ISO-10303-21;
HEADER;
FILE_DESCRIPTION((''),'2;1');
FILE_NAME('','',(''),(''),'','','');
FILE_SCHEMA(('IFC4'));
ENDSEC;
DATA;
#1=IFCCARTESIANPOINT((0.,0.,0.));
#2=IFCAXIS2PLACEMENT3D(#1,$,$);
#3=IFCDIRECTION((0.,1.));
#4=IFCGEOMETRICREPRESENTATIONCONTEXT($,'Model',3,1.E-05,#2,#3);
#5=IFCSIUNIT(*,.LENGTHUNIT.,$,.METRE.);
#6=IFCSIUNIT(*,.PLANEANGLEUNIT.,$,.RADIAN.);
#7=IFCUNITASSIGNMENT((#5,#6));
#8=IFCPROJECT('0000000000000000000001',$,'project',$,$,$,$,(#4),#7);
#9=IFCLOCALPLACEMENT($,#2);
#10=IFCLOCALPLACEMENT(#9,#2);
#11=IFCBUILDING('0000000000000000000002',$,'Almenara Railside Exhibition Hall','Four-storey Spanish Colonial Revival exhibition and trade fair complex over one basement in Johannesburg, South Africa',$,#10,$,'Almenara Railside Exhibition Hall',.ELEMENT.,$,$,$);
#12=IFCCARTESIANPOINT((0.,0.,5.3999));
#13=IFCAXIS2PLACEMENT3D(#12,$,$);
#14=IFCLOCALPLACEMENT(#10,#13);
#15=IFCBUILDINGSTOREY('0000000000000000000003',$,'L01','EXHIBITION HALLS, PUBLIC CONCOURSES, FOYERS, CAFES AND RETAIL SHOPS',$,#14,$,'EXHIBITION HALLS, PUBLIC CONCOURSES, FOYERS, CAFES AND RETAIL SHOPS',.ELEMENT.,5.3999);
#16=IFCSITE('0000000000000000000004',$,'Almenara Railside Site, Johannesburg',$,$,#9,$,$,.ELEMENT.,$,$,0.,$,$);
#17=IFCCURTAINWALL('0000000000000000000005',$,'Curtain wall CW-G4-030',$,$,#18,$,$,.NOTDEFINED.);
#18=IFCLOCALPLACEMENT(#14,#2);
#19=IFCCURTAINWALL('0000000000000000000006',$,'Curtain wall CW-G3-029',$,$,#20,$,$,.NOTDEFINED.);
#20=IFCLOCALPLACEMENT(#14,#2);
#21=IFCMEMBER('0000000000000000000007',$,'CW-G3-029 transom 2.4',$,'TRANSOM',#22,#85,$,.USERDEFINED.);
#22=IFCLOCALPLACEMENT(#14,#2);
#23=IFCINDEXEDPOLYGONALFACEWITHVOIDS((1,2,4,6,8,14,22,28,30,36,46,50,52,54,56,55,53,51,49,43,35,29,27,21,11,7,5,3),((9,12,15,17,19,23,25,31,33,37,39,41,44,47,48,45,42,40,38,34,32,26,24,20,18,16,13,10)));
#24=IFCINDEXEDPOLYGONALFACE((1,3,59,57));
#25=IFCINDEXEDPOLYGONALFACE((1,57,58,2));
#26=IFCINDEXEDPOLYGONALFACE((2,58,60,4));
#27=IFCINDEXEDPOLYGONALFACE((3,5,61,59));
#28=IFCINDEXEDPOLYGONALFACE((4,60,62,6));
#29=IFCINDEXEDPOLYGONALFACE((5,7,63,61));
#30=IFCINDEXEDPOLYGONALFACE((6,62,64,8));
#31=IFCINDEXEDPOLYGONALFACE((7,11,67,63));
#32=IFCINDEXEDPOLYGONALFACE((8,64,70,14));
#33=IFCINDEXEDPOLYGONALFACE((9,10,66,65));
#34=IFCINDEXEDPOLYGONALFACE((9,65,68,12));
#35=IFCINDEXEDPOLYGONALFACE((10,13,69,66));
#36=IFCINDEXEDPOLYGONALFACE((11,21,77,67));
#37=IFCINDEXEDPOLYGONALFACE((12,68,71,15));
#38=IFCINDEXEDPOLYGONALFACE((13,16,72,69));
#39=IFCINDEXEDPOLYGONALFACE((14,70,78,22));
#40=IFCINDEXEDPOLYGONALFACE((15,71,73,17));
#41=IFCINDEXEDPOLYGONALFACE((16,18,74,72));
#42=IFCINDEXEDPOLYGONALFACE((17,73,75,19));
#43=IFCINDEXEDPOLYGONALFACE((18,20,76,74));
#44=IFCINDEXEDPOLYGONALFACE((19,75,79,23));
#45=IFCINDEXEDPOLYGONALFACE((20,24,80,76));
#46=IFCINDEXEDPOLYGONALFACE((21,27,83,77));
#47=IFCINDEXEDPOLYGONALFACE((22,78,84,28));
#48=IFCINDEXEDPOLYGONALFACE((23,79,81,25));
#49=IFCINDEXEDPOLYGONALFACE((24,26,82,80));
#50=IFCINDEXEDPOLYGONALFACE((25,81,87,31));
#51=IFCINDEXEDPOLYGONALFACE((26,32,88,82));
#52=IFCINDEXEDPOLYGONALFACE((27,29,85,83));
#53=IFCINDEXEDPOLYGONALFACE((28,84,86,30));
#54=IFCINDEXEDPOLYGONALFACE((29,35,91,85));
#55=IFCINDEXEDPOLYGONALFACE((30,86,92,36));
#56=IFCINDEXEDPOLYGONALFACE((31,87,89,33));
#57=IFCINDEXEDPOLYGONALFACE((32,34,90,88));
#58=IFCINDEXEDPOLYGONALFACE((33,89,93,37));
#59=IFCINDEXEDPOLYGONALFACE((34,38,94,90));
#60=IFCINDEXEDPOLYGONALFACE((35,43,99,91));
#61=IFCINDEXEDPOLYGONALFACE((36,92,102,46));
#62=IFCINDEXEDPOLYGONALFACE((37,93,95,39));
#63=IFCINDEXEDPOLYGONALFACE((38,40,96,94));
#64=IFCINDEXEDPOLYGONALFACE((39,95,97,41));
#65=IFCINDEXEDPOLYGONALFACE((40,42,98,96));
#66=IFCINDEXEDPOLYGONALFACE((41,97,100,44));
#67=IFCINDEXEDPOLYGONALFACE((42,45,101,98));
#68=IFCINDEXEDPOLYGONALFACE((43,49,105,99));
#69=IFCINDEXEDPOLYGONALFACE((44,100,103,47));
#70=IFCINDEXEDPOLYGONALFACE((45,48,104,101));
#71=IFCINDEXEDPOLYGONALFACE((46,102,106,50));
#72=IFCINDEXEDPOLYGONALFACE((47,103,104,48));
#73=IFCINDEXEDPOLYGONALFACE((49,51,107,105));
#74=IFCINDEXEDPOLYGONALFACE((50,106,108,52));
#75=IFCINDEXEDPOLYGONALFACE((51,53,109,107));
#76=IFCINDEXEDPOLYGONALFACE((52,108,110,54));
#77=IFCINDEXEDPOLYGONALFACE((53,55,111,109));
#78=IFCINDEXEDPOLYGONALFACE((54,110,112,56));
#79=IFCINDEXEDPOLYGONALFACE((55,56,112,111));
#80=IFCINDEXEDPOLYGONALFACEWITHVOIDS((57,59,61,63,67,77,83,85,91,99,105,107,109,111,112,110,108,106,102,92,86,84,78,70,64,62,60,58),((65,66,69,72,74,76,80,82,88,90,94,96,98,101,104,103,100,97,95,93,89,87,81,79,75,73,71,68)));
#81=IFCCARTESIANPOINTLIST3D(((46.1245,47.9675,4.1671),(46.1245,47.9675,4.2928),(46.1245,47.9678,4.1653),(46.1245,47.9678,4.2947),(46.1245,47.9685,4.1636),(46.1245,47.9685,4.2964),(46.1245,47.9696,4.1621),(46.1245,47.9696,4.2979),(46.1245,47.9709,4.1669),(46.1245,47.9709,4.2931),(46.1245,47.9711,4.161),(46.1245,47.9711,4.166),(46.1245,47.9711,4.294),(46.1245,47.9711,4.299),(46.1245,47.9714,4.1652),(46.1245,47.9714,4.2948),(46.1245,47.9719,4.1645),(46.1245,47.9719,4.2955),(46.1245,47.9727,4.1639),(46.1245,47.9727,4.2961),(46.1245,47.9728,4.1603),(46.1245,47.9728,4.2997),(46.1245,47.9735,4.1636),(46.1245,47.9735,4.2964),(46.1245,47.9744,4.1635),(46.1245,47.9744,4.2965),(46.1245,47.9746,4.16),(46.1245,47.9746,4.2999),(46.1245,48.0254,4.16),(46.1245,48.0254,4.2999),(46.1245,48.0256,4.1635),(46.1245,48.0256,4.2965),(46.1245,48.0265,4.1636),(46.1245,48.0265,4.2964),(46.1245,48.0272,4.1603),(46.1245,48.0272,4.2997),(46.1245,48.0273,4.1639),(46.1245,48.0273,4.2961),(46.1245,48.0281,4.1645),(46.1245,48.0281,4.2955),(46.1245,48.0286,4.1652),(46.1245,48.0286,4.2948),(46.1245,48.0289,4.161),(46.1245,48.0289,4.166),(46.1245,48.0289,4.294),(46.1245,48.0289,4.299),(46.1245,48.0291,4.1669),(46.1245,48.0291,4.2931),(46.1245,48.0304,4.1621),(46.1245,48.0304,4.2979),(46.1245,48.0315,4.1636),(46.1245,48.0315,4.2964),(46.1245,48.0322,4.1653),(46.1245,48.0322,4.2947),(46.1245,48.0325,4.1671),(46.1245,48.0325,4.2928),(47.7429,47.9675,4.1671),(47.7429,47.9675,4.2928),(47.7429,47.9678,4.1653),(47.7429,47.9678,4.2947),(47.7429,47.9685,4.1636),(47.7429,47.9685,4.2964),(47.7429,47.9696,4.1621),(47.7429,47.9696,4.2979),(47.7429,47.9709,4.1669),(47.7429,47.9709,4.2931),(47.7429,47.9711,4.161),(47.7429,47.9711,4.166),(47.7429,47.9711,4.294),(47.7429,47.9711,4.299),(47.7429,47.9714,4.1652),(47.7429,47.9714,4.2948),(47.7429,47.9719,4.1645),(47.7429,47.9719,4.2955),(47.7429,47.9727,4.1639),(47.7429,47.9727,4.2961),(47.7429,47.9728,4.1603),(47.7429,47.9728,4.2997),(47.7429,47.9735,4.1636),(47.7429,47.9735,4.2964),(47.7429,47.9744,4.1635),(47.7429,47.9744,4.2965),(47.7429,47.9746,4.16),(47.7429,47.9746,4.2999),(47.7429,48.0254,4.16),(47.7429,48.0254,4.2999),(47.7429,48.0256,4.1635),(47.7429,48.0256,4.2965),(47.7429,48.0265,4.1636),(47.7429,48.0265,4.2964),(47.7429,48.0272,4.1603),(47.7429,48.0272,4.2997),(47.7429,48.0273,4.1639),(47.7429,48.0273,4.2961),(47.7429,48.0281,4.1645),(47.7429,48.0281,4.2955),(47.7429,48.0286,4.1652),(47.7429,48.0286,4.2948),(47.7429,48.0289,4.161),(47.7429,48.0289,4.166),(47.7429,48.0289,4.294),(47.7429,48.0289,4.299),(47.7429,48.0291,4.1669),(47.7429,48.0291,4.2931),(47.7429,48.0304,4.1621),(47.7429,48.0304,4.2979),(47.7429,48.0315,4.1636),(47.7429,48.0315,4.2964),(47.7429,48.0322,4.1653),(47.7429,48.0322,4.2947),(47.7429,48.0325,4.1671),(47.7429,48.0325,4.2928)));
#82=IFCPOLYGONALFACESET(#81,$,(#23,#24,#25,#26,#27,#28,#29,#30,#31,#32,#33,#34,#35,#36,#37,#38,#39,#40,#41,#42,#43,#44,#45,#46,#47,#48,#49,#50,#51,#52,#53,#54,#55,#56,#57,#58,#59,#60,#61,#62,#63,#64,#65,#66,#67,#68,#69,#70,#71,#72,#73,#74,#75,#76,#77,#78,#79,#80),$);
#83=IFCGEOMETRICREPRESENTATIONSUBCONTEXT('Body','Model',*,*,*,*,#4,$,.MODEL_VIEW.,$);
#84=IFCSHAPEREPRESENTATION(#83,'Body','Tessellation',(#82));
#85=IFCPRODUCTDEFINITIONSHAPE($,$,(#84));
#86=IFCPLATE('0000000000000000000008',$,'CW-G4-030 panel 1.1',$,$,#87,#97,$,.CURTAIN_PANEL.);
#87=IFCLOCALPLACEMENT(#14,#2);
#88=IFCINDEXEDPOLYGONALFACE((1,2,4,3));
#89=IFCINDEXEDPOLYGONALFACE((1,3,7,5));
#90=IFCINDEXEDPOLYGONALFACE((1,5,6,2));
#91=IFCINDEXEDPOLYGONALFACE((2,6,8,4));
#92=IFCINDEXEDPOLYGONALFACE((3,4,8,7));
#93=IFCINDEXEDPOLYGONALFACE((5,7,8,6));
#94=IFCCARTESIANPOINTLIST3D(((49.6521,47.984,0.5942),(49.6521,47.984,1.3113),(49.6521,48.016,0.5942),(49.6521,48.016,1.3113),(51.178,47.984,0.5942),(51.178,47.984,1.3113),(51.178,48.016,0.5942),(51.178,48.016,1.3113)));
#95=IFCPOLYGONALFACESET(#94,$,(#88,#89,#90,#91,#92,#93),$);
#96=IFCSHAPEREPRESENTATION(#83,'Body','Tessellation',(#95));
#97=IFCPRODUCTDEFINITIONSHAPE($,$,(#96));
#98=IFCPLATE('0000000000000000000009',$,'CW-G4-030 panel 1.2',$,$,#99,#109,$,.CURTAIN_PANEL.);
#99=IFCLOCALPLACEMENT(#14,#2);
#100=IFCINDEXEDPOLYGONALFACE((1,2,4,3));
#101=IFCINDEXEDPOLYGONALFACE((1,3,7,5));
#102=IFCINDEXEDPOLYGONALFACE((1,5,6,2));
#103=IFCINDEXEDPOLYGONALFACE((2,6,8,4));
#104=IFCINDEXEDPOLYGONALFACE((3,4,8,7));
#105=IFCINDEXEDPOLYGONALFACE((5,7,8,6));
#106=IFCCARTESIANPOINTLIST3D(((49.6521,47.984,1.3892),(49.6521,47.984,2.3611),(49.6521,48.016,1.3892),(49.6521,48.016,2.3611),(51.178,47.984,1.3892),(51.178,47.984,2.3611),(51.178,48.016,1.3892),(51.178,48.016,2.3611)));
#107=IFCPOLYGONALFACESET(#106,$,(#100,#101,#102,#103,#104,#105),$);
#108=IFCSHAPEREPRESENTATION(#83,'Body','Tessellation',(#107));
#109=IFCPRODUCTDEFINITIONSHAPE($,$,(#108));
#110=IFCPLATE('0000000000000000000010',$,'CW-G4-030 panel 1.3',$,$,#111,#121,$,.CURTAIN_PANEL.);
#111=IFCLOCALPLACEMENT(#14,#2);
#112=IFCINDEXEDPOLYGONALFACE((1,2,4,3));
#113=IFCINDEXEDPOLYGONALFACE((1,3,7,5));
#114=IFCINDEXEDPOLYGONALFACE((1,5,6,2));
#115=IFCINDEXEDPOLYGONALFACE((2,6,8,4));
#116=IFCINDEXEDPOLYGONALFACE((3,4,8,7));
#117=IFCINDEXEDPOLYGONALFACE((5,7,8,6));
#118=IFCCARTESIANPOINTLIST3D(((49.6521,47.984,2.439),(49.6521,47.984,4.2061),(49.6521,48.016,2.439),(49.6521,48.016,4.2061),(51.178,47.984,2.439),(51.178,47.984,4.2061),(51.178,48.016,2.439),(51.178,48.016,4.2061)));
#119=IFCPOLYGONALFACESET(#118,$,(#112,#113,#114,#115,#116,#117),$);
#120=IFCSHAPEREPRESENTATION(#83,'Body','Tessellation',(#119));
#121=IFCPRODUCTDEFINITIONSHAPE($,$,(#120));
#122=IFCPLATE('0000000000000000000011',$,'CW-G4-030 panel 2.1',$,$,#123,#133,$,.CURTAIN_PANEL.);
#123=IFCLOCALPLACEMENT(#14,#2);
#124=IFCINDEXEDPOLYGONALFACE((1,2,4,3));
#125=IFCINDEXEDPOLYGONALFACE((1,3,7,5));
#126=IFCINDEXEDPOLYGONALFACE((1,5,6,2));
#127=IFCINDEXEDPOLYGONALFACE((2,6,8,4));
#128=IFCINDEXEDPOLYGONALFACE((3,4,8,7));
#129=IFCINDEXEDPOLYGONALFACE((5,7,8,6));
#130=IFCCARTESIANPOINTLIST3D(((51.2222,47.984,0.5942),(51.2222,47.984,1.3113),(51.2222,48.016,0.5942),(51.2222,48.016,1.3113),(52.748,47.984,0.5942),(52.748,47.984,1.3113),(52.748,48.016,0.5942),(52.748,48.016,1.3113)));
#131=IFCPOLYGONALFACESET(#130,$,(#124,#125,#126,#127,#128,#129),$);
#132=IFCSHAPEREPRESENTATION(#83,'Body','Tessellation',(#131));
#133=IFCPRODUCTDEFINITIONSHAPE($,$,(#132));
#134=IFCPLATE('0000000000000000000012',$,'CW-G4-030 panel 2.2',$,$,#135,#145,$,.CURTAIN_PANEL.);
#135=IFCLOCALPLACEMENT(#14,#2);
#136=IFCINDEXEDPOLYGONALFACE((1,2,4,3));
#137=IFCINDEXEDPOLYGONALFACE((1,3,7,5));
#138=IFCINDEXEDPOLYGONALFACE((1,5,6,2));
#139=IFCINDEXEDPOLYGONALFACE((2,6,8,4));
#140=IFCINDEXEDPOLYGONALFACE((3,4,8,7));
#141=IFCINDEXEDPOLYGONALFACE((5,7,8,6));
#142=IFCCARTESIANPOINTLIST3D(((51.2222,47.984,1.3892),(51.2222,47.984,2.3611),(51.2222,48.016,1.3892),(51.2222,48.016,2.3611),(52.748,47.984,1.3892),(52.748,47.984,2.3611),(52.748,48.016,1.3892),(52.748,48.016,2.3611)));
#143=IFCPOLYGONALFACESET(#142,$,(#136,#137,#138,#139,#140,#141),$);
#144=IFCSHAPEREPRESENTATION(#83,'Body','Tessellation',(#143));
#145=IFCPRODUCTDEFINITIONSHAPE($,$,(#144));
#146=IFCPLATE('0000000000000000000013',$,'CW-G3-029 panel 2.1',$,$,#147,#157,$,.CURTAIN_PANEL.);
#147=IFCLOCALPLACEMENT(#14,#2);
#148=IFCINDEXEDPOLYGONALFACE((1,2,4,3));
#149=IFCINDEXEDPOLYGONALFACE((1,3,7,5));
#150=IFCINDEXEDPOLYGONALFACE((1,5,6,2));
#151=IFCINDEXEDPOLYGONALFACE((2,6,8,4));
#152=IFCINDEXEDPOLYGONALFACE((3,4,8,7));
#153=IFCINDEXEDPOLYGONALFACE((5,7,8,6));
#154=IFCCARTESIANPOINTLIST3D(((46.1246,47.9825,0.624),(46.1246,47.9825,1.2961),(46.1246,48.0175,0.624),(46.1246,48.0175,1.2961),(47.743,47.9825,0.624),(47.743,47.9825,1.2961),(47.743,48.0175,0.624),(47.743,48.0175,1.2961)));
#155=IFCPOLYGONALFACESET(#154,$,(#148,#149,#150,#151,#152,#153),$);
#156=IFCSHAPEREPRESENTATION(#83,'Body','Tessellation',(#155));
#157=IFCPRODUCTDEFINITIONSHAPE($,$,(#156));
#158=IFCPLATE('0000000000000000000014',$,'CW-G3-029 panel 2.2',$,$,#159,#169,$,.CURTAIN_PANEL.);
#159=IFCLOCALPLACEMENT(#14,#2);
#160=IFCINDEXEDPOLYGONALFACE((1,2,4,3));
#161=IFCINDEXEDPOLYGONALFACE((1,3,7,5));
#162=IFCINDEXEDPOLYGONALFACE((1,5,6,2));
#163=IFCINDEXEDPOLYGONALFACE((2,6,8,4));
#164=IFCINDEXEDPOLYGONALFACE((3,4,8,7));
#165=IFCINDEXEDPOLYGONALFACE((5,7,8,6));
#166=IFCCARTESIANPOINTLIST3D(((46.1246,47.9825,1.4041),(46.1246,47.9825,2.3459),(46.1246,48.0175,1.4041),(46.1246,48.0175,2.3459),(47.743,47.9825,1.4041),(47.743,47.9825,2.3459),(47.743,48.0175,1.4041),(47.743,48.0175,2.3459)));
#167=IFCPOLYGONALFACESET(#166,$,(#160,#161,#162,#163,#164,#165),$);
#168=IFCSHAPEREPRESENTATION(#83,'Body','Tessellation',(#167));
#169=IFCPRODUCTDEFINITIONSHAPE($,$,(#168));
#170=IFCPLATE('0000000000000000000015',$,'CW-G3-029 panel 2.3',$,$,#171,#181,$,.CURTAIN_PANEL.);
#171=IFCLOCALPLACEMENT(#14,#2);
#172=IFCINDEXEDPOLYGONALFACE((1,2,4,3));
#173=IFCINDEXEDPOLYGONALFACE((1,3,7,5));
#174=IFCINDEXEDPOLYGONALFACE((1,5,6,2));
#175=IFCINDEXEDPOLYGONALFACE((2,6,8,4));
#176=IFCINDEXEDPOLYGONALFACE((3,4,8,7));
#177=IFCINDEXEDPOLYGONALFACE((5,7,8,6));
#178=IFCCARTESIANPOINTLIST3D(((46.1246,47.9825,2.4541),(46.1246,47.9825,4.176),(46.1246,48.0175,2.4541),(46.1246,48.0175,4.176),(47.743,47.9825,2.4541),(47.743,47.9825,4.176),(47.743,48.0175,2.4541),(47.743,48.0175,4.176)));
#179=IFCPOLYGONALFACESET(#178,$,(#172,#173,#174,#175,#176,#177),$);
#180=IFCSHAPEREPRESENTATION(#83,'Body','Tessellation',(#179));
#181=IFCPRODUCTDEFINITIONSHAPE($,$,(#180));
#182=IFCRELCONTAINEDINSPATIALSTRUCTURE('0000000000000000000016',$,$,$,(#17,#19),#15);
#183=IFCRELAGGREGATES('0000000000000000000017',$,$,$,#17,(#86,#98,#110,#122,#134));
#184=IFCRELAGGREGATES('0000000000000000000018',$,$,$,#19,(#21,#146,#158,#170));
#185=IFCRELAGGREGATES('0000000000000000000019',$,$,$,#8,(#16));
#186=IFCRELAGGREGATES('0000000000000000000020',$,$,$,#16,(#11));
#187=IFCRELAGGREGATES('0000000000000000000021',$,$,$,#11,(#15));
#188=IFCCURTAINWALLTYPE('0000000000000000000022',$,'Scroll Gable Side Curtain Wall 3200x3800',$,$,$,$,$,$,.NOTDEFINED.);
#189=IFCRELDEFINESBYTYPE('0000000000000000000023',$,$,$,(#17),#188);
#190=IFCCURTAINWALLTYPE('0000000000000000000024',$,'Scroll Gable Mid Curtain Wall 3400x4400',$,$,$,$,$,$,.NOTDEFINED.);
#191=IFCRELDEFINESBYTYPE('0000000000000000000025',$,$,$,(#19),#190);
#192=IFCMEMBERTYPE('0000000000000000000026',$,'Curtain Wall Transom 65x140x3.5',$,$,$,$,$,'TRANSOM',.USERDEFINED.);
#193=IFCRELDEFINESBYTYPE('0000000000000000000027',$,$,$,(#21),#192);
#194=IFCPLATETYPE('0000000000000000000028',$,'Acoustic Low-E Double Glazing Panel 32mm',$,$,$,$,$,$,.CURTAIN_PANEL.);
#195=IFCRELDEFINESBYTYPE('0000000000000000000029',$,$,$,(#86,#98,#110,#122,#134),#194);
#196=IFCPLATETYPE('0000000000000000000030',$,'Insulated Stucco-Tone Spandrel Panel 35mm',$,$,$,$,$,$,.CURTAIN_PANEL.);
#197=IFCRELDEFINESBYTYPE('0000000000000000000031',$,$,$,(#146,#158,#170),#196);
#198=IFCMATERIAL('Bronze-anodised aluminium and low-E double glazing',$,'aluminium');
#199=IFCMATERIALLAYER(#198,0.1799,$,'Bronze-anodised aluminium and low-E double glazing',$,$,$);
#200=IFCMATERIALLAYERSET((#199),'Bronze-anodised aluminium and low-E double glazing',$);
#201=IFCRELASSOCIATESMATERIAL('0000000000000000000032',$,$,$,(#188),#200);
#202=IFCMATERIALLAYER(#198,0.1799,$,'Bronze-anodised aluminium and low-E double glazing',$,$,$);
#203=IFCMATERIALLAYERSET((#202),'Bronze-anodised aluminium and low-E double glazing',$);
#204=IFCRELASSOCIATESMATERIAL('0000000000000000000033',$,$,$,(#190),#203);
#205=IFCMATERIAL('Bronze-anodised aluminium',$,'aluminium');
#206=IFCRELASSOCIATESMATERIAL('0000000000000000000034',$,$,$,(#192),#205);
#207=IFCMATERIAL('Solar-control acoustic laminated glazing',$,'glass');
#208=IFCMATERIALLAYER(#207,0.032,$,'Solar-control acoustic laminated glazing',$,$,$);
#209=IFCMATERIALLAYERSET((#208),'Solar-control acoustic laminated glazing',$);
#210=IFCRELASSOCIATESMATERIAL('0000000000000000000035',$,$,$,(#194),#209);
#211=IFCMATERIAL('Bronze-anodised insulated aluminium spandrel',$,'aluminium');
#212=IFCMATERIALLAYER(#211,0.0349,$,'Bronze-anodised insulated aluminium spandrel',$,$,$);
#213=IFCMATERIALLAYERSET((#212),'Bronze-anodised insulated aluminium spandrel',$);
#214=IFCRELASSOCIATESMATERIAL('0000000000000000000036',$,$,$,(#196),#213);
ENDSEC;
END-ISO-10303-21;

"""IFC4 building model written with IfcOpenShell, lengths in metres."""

from ifc_helpers import new_model, si_unit, direction, frame, origin, origin_2d, place, context, subcontext, project, spatial, rectangle, hollow_rectangle, extrude, material, layer, layer_set, material_profile, profile_set, type_object, element, aggregate, save


model = new_model("IFC4")

# Units and contexts
model_context = context("Model", 3, precision=1e-05, world=origin(), true_north=direction((0.0, 1.0)))
body_context = subcontext(model_context, "Body", "Model", "MODEL_VIEW")
ifc_project = project(units=[si_unit("LENGTHUNIT", "METRE"), si_unit("PLANEANGLEUNIT", "RADIAN")], contexts=[model_context])

# Site, building, storey
site_placement = place(None, origin())
site = spatial("IfcSite", under=ifc_project, at=site_placement, Name="Almenara Railside Site, Johannesburg", CompositionType="ELEMENT", RefElevation=0.0)
building_placement = place(site_placement, origin())
building = spatial("IfcBuilding", under=site, at=building_placement, Name="Almenara Railside Exhibition Hall", Description="Four-storey Spanish Colonial Revival exhibition and trade fair complex over one basement in Johannesburg, South Africa", LongName="Almenara Railside Exhibition Hall", CompositionType="ELEMENT")
storey_placement = place(building_placement, frame((0.0, 0.0, 5.3999)))
storey = spatial("IfcBuildingStorey", under=building, at=storey_placement, Name="L01", Description="EXHIBITION HALLS, PUBLIC CONCOURSES, FOYERS, CAFES AND RETAIL SHOPS", LongName="EXHIBITION HALLS, PUBLIC CONCOURSES, FOYERS, CAFES AND RETAIL SHOPS", CompositionType="ELEMENT", Elevation=5.3999)

# Curtain wall
ifc_material_1 = material(Name="Bronze-anodised aluminium and low-E double glazing", Category="aluminium")
ifc_layer_1 = layer(ifc_material_1, 0.1799, Name="Bronze-anodised aluminium and low-E double glazing")
ifc_layer_set_1 = layer_set([ifc_layer_1], Name="Bronze-anodised aluminium and low-E double glazing")
curtain_wall_type_1 = type_object("IfcCurtainWallType", Name="Scroll Gable Side Curtain Wall 3200x3800", PredefinedType="NOTDEFINED", material=ifc_layer_set_1)
curtain_wall_1_placement = place(storey_placement, origin())
curtain_wall_1 = element("IfcCurtainWall", 1, at=curtain_wall_1_placement, inside=storey, type_object=curtain_wall_type_1, Name="Curtain wall CW-G4-030", PredefinedType="NOTDEFINED")
ifc_material_2 = material(Name="Bronze-anodised aluminium", Category="aluminium")

# Curtain wall
ifc_layer_2 = layer(ifc_material_1, 0.1799, Name="Bronze-anodised aluminium and low-E double glazing")
ifc_layer_set_2 = layer_set([ifc_layer_2], Name="Bronze-anodised aluminium and low-E double glazing")
curtain_wall_type_2 = type_object("IfcCurtainWallType", Name="Scroll Gable Mid Curtain Wall 3400x4400", PredefinedType="NOTDEFINED", material=ifc_layer_set_2)
curtain_wall_2_placement = place(storey_placement, origin())
curtain_wall_2 = element("IfcCurtainWall", 2, at=curtain_wall_2_placement, inside=storey, type_object=curtain_wall_type_2, Name="Curtain wall CW-G3-029", PredefinedType="NOTDEFINED")

# Member
ifc_material_profile_1 = material_profile(ifc_material_2, hollow_rectangle(XDim=0.0649, YDim=0.1399, WallThickness=0.0034, InnerFilletRadius=0.0034, OuterFilletRadius=0.0071, at=origin_2d()), Name="ALU-TRN 65x140x3.5")
ifc_profile_set_1 = profile_set([ifc_material_profile_1], Name="Bronze-anodised aluminium")
member_type_1 = type_object("IfcMemberType", Name="Curtain Wall Transom 65x140x3.5", ElementType="TRANSOM", PredefinedType="USERDEFINED", material=ifc_profile_set_1)
member_1_placement = place(storey_placement, frame((46.1245, 48.0, 4.23), z_axis=(1.0, 0.0, 0.0), x_axis=(0.0, 1.0, 0.0)))
member_1 = element("IfcMember", 3, at=member_1_placement, type_object=member_type_1, Name="CW-G3-029 transom 2.4", ObjectType="TRANSOM", PredefinedType="USERDEFINED", context=body_context, shape_type="SweptSolid", body=[
    extrude(hollow_rectangle(XDim=0.0649, YDim=0.1399, WallThickness=0.0034, InnerFilletRadius=0.0034, OuterFilletRadius=0.0071, at=origin_2d()), origin(), (0.0, 0.0, 1.0), 1.6184),
])

# Plates
ifc_material_3 = material(Name="Solar-control acoustic laminated glazing", Category="glass")
ifc_layer_3 = layer(ifc_material_3, 0.032, Name="Solar-control acoustic laminated glazing")
ifc_layer_set_3 = layer_set([ifc_layer_3], Name="Solar-control acoustic laminated glazing")
plate_type_1 = type_object("IfcPlateType", Name="Acoustic Low-E Double Glazing Panel 32mm", PredefinedType="CURTAIN_PANEL", material=ifc_layer_set_3)
plate_1_placement = place(storey_placement, frame((50.415, 48.0, 0.5942), z_axis=(0.0, 0.0, 1.0), x_axis=(1.0, 0.0, 0.0)))
plate_1 = element("IfcPlate", 4, at=plate_1_placement, type_object=plate_type_1, Name="CW-G4-030 panel 1.1", PredefinedType="CURTAIN_PANEL", context=body_context, shape_type="SweptSolid", body=[
    extrude(rectangle(XDim=1.5259, YDim=0.032, at=origin_2d()), origin(), (0.0, 0.0, 1.0), 0.717),
])
plate_2_placement = place(storey_placement, frame((50.415, 48.0, 1.3892), z_axis=(0.0, 0.0, 1.0), x_axis=(1.0, 0.0, 0.0)))
plate_2 = element("IfcPlate", 5, at=plate_2_placement, type_object=plate_type_1, Name="CW-G4-030 panel 1.2", PredefinedType="CURTAIN_PANEL", context=body_context, shape_type="SweptSolid", body=[
    extrude(rectangle(XDim=1.5259, YDim=0.032, at=origin_2d()), origin(), (0.0, 0.0, 1.0), 0.9719),
])
plate_3_placement = place(storey_placement, frame((50.415, 48.0, 2.439), z_axis=(0.0, 0.0, 1.0), x_axis=(1.0, 0.0, 0.0)))
plate_3 = element("IfcPlate", 6, at=plate_3_placement, type_object=plate_type_1, Name="CW-G4-030 panel 1.3", PredefinedType="CURTAIN_PANEL", context=body_context, shape_type="SweptSolid", body=[
    extrude(rectangle(XDim=1.5259, YDim=0.032, at=origin_2d()), origin(), (0.0, 0.0, 1.0), 1.7671),
])
plate_4_placement = place(storey_placement, frame((51.9851, 48.0, 0.5942), z_axis=(0.0, 0.0, 1.0), x_axis=(1.0, 0.0, 0.0)))
plate_4 = element("IfcPlate", 7, at=plate_4_placement, type_object=plate_type_1, Name="CW-G4-030 panel 2.1", PredefinedType="CURTAIN_PANEL", context=body_context, shape_type="SweptSolid", body=[
    extrude(rectangle(XDim=1.5259, YDim=0.032, at=origin_2d()), origin(), (0.0, 0.0, 1.0), 0.717),
])
plate_5_placement = place(storey_placement, frame((51.9851, 48.0, 1.3892), z_axis=(0.0, 0.0, 1.0), x_axis=(1.0, 0.0, 0.0)))
plate_5 = element("IfcPlate", 8, at=plate_5_placement, type_object=plate_type_1, Name="CW-G4-030 panel 2.2", PredefinedType="CURTAIN_PANEL", context=body_context, shape_type="SweptSolid", body=[
    extrude(rectangle(XDim=1.5259, YDim=0.032, at=origin_2d()), origin(), (0.0, 0.0, 1.0), 0.9719),
])
aggregate(curtain_wall_1, [plate_1, plate_2, plate_3, plate_4, plate_5])
ifc_material_4 = material(Name="Bronze-anodised insulated aluminium spandrel", Category="aluminium")
ifc_layer_4 = layer(ifc_material_4, 0.0349, Name="Bronze-anodised insulated aluminium spandrel")
ifc_layer_set_4 = layer_set([ifc_layer_4], Name="Bronze-anodised insulated aluminium spandrel")
plate_type_2 = type_object("IfcPlateType", Name="Insulated Stucco-Tone Spandrel Panel 35mm", PredefinedType="CURTAIN_PANEL", material=ifc_layer_set_4)
plate_6_placement = place(storey_placement, frame((46.9338, 48.0, 0.624), z_axis=(0.0, 0.0, 1.0), x_axis=(1.0, 0.0, 0.0)))
plate_6 = element("IfcPlate", 9, at=plate_6_placement, type_object=plate_type_2, Name="CW-G3-029 panel 2.1", PredefinedType="CURTAIN_PANEL", context=body_context, shape_type="SweptSolid", body=[
    extrude(rectangle(XDim=1.6184, YDim=0.0349, at=origin_2d()), origin(), (0.0, 0.0, 1.0), 0.6721),
])
plate_7_placement = place(storey_placement, frame((46.9338, 48.0, 1.4041), z_axis=(0.0, 0.0, 1.0), x_axis=(1.0, 0.0, 0.0)))
plate_7 = element("IfcPlate", 10, at=plate_7_placement, type_object=plate_type_2, Name="CW-G3-029 panel 2.2", PredefinedType="CURTAIN_PANEL", context=body_context, shape_type="SweptSolid", body=[
    extrude(rectangle(XDim=1.6184, YDim=0.0349, at=origin_2d()), origin(), (0.0, 0.0, 1.0), 0.9419),
])
plate_8_placement = place(storey_placement, frame((46.9338, 48.0, 2.4541), z_axis=(0.0, 0.0, 1.0), x_axis=(1.0, 0.0, 0.0)))
plate_8 = element("IfcPlate", 11, at=plate_8_placement, type_object=plate_type_2, Name="CW-G3-029 panel 2.3", PredefinedType="CURTAIN_PANEL", context=body_context, shape_type="SweptSolid", body=[
    extrude(rectangle(XDim=1.6184, YDim=0.0349, at=origin_2d()), origin(), (0.0, 0.0, 1.0), 1.7219),
])
aggregate(curtain_wall_2, [member_1, plate_6, plate_7, plate_8])

save(model, "model.ifc")
